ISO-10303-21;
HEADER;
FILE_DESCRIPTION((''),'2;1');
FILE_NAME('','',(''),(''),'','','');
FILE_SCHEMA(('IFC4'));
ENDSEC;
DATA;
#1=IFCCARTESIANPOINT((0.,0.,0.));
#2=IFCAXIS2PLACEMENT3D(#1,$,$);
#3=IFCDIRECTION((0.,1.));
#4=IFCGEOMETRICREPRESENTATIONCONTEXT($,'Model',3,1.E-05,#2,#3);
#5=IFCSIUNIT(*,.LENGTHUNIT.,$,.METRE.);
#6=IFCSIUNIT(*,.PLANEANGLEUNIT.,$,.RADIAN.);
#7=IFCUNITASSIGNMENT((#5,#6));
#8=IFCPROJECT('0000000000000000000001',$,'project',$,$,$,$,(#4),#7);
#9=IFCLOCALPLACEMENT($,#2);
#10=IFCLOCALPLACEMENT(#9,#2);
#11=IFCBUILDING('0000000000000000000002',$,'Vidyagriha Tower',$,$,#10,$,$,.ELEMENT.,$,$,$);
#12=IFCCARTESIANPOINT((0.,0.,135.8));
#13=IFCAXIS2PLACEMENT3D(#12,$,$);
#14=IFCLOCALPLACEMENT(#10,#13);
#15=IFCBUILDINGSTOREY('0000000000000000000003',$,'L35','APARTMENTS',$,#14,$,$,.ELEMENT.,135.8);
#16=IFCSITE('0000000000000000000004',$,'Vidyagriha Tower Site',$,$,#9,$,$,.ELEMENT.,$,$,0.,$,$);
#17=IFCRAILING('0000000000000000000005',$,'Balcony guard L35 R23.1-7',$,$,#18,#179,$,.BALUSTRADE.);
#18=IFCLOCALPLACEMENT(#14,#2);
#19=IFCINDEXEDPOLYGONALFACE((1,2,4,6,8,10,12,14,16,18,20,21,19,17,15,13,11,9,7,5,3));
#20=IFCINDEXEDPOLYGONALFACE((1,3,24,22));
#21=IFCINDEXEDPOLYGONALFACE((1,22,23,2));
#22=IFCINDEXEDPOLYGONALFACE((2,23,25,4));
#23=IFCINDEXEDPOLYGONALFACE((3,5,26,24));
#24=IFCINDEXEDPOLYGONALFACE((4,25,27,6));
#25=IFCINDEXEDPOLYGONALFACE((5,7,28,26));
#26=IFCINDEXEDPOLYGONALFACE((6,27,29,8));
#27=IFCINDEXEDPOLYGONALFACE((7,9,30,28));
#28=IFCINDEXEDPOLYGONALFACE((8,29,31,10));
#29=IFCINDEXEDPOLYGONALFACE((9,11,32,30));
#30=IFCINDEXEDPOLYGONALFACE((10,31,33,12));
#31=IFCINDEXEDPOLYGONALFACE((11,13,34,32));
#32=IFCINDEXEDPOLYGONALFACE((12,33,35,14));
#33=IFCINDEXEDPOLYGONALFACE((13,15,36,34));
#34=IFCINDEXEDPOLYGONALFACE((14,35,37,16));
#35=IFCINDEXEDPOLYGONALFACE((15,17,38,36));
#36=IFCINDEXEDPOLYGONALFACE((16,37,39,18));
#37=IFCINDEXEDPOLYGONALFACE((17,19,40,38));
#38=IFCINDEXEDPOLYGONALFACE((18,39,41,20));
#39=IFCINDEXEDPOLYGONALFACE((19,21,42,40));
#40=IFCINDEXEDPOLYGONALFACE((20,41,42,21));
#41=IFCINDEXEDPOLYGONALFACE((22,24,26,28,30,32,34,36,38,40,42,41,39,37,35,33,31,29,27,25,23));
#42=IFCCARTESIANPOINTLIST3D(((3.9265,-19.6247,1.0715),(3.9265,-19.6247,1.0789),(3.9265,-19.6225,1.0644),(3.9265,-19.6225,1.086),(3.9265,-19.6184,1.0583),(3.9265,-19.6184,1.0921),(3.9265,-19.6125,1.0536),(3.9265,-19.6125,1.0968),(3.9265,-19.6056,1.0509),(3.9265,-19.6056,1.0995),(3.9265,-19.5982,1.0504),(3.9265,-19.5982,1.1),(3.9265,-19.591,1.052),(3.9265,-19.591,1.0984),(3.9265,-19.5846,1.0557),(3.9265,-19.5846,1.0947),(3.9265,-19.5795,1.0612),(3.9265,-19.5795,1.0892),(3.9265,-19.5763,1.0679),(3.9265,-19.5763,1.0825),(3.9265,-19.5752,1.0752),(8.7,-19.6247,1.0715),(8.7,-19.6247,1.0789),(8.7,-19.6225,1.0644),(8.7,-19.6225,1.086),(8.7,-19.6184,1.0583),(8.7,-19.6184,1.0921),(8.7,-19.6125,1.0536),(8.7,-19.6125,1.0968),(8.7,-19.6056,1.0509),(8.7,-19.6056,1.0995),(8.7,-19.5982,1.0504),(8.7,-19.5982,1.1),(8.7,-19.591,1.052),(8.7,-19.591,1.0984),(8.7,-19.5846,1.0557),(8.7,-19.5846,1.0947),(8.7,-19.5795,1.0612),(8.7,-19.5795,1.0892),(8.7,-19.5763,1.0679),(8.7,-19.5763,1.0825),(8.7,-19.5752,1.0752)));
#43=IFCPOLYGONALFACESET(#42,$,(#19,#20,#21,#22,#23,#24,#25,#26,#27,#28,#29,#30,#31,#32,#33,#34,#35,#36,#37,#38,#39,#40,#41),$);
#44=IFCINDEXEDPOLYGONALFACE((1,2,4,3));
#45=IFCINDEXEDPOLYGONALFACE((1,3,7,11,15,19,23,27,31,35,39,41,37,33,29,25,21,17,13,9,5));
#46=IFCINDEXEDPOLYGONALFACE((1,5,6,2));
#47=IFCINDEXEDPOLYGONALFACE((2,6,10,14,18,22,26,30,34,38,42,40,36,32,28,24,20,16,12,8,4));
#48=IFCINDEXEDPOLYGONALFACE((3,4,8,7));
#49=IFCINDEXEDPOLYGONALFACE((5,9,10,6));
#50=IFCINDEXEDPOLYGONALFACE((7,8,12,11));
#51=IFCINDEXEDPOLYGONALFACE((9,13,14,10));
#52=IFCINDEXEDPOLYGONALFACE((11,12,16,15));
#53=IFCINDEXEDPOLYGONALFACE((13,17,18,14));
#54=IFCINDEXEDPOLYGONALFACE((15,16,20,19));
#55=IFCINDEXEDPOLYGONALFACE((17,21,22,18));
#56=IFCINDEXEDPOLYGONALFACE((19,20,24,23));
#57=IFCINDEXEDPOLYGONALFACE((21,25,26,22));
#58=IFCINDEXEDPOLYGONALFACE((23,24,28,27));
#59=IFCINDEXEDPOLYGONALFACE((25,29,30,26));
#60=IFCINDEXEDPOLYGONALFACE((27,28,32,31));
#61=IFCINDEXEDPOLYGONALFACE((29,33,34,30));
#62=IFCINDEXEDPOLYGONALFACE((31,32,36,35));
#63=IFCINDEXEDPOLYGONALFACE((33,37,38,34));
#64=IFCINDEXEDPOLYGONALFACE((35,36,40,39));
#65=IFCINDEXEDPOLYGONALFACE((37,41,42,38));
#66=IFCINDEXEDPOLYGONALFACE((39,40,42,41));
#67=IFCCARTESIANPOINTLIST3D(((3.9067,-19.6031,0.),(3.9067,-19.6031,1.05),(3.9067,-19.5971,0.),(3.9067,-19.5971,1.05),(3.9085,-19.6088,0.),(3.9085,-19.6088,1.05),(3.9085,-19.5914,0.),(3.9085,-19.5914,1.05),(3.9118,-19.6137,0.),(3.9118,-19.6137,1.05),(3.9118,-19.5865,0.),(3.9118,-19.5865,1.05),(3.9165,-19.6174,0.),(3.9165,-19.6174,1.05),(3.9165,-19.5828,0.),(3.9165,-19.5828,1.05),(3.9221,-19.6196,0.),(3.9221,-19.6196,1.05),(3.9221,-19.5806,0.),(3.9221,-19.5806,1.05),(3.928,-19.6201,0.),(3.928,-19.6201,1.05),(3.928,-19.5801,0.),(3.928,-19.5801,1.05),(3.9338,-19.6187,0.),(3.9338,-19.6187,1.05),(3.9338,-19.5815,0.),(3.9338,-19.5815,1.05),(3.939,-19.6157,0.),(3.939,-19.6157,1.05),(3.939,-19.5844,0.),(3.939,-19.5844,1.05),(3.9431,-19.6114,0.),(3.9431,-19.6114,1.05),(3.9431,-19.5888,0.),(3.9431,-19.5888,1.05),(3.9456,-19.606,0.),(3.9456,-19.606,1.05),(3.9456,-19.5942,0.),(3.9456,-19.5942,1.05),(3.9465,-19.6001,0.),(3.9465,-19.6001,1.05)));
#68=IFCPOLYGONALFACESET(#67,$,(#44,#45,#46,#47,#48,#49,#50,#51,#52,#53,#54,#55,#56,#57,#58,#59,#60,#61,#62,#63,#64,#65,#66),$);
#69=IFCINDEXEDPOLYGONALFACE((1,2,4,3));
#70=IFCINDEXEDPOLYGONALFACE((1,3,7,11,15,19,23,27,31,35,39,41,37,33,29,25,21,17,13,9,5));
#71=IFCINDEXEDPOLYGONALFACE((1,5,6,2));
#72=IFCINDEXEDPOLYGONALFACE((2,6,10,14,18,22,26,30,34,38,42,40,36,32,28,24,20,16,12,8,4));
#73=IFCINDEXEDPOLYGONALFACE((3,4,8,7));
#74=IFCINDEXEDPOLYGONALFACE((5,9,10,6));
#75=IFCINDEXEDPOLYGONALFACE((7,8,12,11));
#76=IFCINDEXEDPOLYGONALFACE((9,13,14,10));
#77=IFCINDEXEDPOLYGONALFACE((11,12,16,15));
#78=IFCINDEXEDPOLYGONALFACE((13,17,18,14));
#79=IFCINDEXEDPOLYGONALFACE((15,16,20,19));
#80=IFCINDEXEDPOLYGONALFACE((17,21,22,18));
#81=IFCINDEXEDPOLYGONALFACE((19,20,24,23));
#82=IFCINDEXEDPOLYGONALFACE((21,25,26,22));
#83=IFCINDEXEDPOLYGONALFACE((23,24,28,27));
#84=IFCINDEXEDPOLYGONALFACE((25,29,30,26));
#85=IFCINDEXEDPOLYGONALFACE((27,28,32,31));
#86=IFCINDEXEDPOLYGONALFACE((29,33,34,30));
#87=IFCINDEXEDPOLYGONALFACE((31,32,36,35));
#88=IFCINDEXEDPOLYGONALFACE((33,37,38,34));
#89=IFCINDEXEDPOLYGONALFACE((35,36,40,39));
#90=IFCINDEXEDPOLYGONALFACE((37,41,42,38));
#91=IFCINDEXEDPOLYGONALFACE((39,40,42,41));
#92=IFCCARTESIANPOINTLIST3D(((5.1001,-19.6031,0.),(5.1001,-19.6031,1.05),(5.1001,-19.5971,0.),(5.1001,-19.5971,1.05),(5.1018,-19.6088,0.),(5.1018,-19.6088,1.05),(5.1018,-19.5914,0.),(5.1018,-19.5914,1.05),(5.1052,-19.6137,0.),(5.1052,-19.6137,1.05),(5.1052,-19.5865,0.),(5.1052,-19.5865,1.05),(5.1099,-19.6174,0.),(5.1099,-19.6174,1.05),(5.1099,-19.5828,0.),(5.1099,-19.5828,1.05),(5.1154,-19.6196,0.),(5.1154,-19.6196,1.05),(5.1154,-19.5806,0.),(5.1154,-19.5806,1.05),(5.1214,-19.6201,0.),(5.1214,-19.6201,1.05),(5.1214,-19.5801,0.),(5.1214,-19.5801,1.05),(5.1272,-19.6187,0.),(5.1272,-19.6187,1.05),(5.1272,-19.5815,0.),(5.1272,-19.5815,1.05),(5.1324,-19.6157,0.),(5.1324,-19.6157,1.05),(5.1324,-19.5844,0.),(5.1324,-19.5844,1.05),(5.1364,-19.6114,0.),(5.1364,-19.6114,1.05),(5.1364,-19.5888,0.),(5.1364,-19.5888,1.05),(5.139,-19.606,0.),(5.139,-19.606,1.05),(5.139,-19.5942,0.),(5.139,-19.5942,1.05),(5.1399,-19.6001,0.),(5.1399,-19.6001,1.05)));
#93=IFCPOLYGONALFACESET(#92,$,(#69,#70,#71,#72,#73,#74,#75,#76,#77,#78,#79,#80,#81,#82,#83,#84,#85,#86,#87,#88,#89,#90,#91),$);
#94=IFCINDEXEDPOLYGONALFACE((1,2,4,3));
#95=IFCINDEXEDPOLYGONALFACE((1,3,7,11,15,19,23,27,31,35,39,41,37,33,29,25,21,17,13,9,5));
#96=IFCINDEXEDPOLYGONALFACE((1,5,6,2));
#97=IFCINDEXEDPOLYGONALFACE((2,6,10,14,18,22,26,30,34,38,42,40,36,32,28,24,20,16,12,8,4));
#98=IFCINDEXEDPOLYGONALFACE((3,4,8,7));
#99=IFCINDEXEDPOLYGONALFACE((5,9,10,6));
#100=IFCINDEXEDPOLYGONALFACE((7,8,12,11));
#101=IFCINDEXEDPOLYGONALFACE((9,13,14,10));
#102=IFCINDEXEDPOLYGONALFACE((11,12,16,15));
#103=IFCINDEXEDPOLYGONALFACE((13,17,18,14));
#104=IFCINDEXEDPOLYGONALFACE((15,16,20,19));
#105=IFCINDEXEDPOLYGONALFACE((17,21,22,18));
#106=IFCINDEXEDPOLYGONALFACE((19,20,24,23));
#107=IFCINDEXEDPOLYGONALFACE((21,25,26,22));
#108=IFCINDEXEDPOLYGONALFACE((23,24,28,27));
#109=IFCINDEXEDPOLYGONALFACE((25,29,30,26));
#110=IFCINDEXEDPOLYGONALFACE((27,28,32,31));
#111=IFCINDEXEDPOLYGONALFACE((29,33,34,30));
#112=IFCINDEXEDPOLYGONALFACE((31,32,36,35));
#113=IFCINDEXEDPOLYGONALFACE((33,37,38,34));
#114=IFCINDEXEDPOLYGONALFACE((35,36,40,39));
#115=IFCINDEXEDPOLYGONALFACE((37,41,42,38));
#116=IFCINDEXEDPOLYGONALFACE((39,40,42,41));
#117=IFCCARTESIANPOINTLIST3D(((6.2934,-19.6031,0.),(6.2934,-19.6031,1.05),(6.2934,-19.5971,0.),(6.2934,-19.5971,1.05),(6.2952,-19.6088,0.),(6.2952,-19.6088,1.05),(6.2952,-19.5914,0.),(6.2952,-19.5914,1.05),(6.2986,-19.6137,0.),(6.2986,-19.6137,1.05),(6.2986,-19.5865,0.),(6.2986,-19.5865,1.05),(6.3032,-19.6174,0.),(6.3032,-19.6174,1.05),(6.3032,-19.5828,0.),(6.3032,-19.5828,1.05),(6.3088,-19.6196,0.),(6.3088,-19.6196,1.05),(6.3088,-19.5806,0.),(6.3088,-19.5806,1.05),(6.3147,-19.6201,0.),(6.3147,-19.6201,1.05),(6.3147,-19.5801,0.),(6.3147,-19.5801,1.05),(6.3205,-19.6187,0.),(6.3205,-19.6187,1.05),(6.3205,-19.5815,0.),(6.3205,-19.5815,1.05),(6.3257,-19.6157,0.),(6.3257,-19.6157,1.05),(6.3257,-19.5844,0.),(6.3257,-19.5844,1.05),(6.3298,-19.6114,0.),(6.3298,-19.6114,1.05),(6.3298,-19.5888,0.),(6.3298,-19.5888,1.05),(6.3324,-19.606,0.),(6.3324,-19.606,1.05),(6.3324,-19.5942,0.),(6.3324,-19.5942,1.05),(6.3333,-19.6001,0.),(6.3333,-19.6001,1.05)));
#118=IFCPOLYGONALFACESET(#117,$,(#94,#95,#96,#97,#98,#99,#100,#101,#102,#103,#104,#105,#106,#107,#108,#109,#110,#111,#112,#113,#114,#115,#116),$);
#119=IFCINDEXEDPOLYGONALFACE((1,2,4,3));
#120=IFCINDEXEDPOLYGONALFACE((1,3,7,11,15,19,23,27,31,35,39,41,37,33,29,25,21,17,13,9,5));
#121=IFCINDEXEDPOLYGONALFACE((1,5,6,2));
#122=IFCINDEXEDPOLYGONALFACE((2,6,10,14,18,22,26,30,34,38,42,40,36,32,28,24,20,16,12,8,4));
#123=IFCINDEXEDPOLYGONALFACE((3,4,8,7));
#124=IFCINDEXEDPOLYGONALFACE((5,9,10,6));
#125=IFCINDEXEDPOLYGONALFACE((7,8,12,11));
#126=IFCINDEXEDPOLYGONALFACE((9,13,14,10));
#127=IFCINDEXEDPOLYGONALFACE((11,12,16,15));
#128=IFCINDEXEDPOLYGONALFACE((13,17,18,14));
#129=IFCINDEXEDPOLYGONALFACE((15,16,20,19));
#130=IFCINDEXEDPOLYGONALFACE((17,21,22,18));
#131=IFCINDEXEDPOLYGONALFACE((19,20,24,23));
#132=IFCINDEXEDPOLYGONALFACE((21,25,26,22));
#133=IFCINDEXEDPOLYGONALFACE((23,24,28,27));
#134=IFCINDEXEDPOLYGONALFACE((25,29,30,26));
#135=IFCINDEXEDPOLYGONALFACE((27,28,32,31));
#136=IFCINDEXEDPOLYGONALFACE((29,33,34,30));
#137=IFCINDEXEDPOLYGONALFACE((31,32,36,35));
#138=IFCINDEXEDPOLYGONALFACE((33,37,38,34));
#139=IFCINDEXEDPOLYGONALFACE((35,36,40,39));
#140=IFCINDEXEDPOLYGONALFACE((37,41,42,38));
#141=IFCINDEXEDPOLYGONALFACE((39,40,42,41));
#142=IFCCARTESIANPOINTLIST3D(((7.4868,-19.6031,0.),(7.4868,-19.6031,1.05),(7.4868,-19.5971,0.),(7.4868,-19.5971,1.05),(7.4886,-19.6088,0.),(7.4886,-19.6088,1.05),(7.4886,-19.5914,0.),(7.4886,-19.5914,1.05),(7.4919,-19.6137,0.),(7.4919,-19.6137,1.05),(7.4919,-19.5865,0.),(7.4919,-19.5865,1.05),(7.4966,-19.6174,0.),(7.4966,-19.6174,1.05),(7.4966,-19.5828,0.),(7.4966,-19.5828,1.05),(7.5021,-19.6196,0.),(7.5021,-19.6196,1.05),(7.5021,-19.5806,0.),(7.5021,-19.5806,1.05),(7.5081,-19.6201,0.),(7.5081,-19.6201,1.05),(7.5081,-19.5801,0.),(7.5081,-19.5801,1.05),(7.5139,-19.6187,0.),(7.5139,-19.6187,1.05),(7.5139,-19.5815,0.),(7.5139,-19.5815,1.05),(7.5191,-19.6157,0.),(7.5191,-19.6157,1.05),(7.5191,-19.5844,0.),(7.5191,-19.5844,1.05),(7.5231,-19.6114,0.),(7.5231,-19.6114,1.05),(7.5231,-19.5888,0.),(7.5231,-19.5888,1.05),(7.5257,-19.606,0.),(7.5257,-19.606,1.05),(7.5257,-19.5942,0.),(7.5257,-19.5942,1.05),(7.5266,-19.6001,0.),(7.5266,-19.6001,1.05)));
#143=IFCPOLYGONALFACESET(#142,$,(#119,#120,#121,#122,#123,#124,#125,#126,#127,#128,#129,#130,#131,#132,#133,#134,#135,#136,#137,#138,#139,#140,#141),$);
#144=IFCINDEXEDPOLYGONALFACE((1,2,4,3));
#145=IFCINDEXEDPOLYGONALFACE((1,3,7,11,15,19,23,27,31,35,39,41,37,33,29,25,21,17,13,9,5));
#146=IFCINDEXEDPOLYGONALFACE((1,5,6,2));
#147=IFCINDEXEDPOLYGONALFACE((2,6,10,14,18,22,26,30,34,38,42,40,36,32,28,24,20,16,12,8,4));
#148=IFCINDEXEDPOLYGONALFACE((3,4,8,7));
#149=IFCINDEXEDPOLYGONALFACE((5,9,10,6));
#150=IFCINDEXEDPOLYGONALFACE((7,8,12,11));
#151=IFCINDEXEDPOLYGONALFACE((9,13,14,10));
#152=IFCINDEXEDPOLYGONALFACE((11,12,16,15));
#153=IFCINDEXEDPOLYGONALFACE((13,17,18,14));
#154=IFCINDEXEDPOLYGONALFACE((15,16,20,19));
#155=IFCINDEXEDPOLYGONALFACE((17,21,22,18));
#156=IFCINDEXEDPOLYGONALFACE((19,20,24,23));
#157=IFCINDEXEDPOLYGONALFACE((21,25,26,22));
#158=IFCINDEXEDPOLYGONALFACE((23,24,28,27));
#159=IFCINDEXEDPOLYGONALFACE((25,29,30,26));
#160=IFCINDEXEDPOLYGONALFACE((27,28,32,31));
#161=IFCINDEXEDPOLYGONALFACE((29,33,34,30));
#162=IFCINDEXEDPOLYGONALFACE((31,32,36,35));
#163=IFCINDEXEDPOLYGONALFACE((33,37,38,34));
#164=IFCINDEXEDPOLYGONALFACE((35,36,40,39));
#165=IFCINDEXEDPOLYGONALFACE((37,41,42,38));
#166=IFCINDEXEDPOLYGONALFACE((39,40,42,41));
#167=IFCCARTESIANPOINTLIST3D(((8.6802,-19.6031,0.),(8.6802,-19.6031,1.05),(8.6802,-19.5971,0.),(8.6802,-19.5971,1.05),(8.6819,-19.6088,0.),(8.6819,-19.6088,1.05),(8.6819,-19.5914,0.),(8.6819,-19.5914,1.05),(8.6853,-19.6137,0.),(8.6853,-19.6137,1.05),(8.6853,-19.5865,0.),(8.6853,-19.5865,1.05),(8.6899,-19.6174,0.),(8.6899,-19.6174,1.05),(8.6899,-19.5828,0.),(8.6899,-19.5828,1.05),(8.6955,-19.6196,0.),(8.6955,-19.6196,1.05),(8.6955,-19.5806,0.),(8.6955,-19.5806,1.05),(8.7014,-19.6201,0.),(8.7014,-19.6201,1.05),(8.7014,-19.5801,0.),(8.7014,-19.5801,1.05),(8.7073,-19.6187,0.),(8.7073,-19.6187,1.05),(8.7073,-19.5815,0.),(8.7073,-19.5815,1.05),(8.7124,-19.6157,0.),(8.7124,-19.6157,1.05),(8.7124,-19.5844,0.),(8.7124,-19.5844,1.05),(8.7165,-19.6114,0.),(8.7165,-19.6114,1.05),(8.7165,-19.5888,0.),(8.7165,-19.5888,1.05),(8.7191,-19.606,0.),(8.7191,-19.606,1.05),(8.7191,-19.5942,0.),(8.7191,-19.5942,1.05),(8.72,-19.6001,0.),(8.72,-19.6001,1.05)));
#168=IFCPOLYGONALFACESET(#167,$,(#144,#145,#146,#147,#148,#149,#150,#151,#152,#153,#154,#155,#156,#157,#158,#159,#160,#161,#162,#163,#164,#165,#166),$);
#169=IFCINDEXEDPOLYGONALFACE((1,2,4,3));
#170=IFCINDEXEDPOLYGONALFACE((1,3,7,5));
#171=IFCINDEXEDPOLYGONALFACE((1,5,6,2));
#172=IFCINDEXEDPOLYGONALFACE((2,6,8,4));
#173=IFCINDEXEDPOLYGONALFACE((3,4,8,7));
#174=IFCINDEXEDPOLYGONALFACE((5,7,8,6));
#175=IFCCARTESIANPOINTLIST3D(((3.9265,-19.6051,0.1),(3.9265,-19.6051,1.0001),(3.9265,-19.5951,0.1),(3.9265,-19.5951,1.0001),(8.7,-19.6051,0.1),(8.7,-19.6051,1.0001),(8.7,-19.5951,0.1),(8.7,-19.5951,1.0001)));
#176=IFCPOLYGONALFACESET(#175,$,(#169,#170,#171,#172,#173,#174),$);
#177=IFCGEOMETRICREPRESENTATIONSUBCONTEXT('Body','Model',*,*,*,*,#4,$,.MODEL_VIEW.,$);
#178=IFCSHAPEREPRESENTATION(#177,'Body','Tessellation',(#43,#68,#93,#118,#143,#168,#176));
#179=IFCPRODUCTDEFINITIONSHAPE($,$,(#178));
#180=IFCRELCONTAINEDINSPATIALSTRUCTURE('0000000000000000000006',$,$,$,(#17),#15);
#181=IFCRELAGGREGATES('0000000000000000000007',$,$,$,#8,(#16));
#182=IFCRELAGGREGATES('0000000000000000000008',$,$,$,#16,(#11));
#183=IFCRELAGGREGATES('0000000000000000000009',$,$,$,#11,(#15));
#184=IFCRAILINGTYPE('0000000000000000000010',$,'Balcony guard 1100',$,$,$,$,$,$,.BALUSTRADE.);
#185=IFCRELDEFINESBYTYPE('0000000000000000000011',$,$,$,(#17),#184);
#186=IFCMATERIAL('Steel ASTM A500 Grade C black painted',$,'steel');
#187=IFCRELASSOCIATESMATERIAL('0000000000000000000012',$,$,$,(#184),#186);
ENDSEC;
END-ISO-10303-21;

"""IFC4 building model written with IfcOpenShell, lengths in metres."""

from ifc_helpers import new_model, si_unit, direction, frame, origin, origin_2d, place, context, subcontext, project, spatial, rectangle, circle, extrude, material, type_object, element, save


model = new_model("IFC4")

# Units and contexts
model_context = context("Model", 3, precision=1e-05, world=origin(), true_north=direction((0.0, 1.0)))
body_context = subcontext(model_context, "Body", "Model", "MODEL_VIEW")
ifc_project = project(units=[si_unit("LENGTHUNIT", "METRE"), si_unit("PLANEANGLEUNIT", "RADIAN")], contexts=[model_context])

# Site, building, storey
site_placement = place(None, origin())
site = spatial("IfcSite", under=ifc_project, at=site_placement, Name="Vidyagriha Tower Site", CompositionType="ELEMENT", RefElevation=0.0)
building_placement = place(site_placement, origin())
building = spatial("IfcBuilding", under=site, at=building_placement, Name="Vidyagriha Tower", CompositionType="ELEMENT")
storey_placement = place(building_placement, frame((0.0, 0.0, 135.8)))
storey = spatial("IfcBuildingStorey", under=building, at=storey_placement, Name="L35", Description="APARTMENTS", CompositionType="ELEMENT", Elevation=135.8)

# Railing
ifc_material_1 = material(Name="Steel ASTM A500 Grade C black painted", Category="steel")
railing_type = type_object("IfcRailingType", Name="Balcony guard 1100", PredefinedType="BALUSTRADE", material=ifc_material_1)
railing_1_placement = place(storey_placement, frame((3.9265, -19.6001, 0.0)))
element("IfcRailing", 1, at=railing_1_placement, inside=storey, type_object=railing_type, Name="Balcony guard L35 R23.1-7", PredefinedType="BALUSTRADE", context=body_context, shape_type="SweptSolid", body=[
    extrude(circle(Radius=0.0249, at=origin_2d()), frame((0.0, 0.0, 1.0752), z_axis=(1.0, 0.0, 0.0), x_axis=(0.0, 1.0, 0.0)), (0.0, 0.0, 1.0), 4.7734),
    extrude(circle(Radius=0.02, at=origin_2d()), origin(), (0.0, 0.0, 1.0), 1.05),
    extrude(circle(Radius=0.02, at=origin_2d()), frame((1.1934, 0.0, 0.0)), (0.0, 0.0, 1.0), 1.05),
    extrude(circle(Radius=0.02, at=origin_2d()), frame((2.3867, 0.0, 0.0)), (0.0, 0.0, 1.0), 1.05),
    extrude(circle(Radius=0.02, at=origin_2d()), frame((3.5801, 0.0, 0.0)), (0.0, 0.0, 1.0), 1.05),
    extrude(circle(Radius=0.02, at=origin_2d()), frame((4.7734, 0.0, 0.0)), (0.0, 0.0, 1.0), 1.05),
    extrude(rectangle(XDim=0.01, YDim=0.9001, at=origin_2d()), frame((0.0, 0.0, 0.55), z_axis=(1.0, 0.0, 0.0), x_axis=(0.0, 1.0, 0.0)), (0.0, 0.0, 1.0), 4.7734),
])

save(model, "model.ifc")
